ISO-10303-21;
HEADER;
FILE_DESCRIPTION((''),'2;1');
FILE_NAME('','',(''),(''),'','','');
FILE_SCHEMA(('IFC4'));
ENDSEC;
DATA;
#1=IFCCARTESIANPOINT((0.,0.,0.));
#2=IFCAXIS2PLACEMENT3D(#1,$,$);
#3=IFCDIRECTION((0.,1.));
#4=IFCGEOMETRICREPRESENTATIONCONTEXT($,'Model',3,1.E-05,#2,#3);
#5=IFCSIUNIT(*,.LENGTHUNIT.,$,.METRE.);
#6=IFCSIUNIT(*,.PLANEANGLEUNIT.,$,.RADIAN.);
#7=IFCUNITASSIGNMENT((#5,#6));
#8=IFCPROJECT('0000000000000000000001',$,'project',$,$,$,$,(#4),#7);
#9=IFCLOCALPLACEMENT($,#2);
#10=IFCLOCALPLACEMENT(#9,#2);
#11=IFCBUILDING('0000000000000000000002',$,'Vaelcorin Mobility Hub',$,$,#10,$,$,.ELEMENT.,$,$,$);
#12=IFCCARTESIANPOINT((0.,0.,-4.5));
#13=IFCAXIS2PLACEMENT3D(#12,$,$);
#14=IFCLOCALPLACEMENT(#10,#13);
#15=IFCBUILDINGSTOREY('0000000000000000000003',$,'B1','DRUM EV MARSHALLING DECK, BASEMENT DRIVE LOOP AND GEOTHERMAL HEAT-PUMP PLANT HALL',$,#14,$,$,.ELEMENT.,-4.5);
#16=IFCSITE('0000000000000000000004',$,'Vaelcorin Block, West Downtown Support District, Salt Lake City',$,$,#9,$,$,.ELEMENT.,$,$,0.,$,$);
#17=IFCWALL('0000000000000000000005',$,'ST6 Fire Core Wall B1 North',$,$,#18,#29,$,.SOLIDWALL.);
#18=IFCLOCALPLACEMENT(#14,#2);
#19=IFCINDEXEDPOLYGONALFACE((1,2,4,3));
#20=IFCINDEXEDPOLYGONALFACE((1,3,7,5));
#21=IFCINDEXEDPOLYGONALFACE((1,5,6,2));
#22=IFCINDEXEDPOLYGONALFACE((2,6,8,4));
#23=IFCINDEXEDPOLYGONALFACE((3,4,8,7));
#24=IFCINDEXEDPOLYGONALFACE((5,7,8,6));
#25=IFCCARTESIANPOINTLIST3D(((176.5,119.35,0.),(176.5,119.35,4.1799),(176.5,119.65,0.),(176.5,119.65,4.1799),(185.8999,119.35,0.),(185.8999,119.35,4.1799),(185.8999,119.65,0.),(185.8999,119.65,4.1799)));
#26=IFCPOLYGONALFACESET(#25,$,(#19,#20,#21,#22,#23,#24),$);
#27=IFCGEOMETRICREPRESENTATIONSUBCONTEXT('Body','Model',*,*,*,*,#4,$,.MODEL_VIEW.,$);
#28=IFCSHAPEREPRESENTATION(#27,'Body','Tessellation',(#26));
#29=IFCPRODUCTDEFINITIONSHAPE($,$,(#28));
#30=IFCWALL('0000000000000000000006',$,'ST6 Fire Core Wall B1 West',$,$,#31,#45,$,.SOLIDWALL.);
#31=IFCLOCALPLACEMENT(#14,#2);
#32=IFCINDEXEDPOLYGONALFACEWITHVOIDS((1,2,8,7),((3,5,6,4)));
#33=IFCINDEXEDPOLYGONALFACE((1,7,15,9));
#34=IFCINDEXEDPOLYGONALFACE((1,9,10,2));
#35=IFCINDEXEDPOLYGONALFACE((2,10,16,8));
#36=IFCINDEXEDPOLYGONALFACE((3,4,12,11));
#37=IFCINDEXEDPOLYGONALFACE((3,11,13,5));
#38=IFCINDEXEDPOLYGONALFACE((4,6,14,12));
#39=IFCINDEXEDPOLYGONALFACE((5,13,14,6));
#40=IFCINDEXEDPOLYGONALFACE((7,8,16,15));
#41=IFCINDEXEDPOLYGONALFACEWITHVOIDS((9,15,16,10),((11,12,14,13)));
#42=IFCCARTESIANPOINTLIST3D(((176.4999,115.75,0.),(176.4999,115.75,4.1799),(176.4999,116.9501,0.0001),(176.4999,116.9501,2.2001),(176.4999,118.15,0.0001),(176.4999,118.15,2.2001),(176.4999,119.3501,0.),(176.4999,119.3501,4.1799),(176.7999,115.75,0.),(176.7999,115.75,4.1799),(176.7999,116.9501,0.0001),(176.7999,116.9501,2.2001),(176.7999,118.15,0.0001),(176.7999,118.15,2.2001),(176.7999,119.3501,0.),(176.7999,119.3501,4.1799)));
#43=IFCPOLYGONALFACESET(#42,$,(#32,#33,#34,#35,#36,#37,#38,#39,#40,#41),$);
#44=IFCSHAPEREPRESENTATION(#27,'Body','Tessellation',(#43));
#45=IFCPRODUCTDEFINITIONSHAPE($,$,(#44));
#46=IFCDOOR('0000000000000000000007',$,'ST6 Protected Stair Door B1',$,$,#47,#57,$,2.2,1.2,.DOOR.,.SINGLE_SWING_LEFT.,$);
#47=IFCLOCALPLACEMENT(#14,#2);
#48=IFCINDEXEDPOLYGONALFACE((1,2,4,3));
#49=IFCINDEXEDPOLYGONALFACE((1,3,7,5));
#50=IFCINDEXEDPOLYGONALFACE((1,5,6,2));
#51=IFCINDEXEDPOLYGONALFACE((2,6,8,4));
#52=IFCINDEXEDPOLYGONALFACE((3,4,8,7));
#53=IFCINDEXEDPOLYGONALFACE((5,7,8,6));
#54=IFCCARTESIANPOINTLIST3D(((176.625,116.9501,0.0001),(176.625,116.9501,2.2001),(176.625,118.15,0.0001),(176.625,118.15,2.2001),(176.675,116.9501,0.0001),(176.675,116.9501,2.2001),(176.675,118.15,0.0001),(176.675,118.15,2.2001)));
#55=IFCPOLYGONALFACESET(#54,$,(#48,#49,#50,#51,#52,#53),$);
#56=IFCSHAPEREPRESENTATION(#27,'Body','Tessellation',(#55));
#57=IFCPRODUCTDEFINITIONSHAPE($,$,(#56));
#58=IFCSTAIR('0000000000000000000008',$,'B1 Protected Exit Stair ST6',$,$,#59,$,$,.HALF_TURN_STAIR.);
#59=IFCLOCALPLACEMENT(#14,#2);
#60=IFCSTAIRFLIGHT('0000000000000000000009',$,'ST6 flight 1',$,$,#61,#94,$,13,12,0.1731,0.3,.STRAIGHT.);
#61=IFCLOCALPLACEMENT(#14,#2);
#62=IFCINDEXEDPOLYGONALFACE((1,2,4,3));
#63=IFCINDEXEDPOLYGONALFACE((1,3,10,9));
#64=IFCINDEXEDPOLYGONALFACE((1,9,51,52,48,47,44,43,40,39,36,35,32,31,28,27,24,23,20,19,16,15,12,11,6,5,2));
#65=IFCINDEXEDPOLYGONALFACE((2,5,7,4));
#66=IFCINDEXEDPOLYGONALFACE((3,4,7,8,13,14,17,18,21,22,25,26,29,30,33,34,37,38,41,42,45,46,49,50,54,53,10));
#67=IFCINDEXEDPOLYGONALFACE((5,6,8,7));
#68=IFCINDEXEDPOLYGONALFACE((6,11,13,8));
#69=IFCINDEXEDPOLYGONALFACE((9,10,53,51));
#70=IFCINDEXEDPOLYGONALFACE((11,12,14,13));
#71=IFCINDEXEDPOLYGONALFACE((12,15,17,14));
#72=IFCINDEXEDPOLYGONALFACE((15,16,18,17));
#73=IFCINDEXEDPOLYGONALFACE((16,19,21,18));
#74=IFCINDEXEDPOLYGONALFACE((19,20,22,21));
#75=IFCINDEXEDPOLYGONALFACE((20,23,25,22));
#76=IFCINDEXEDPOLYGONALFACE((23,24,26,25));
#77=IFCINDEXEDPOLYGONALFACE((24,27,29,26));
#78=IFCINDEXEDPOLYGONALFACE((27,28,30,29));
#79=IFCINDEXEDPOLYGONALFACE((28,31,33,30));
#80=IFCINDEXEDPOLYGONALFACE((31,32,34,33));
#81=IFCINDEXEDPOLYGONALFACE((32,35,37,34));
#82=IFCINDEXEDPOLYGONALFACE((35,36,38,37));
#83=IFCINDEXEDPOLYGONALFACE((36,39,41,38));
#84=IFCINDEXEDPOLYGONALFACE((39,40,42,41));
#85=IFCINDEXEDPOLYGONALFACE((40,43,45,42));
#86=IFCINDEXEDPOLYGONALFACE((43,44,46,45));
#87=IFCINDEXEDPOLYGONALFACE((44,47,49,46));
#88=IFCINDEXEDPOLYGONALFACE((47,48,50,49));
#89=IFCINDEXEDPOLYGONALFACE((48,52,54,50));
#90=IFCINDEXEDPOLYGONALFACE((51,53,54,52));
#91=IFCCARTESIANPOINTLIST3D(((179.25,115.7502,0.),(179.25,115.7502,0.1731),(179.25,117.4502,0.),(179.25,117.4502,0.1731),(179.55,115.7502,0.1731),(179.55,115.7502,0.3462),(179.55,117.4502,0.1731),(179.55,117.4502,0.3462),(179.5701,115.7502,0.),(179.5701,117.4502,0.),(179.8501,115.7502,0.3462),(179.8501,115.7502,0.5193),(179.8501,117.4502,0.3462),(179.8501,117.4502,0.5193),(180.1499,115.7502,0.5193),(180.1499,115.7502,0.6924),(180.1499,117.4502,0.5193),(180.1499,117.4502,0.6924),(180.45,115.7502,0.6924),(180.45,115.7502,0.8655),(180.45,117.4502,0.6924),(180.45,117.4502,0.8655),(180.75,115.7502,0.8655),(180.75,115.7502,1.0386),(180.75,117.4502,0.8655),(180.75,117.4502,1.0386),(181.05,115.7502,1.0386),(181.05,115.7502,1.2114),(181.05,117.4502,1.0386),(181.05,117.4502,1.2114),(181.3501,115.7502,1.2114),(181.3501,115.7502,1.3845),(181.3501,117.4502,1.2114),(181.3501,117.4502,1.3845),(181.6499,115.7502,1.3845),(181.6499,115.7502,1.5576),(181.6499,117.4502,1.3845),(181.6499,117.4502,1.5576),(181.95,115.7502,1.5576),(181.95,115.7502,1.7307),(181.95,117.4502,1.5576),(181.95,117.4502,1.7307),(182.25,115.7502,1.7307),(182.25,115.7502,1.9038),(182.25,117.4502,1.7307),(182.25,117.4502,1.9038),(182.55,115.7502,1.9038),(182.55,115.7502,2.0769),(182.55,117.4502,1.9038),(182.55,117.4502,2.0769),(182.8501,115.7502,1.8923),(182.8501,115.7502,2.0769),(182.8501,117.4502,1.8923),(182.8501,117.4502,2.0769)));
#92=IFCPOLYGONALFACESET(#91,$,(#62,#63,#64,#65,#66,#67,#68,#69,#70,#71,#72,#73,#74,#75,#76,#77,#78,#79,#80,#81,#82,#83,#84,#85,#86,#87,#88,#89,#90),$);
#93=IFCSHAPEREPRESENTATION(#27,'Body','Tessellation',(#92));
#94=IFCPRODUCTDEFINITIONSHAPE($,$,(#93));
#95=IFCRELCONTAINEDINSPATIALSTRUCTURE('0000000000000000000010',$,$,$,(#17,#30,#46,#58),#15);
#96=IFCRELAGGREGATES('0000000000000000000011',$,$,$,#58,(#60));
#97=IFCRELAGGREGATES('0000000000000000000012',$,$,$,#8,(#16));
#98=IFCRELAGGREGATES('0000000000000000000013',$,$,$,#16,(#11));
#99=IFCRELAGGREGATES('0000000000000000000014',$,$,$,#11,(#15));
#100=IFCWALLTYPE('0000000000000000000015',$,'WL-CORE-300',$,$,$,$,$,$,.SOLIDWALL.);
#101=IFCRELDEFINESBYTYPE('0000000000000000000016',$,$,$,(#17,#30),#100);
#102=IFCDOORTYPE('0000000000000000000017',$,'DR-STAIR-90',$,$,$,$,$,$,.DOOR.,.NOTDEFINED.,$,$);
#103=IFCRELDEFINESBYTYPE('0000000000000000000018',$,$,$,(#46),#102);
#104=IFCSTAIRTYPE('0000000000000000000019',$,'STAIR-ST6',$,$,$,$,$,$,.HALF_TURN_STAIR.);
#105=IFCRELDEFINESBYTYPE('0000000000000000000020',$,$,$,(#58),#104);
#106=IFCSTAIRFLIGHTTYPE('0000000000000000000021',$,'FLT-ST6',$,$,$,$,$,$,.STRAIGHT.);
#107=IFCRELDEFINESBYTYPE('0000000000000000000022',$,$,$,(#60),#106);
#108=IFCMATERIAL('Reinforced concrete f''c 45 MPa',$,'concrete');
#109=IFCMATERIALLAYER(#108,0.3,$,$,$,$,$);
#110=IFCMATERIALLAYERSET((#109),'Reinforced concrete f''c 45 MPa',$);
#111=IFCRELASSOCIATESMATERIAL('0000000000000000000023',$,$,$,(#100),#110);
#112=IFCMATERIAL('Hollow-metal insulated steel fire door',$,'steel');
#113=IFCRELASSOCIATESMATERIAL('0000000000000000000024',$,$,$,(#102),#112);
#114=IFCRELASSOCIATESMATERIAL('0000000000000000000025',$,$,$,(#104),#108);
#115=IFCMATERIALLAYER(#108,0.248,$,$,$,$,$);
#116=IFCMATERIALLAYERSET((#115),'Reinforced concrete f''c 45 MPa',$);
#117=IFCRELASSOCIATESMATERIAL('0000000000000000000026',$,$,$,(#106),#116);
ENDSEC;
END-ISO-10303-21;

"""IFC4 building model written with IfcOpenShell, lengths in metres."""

from ifc_helpers import new_model, si_unit, direction, frame, frame_2d, origin, place, context, subcontext, project, spatial, polyline, rectangle, outline, extrude, material, layer, layer_set, type_object, element, fill, aggregate, save


model = new_model("IFC4")

# Units and contexts
model_context = context("Model", 3, precision=1e-05, world=origin(), true_north=direction((0.0, 1.0)))
body_context = subcontext(model_context, "Body", "Model", "MODEL_VIEW")
ifc_project = project(units=[si_unit("LENGTHUNIT", "METRE"), si_unit("PLANEANGLEUNIT", "RADIAN")], contexts=[model_context])

# Site, building, storey
site_placement = place(None, origin())
site = spatial("IfcSite", under=ifc_project, at=site_placement, Name="Vaelcorin Block, West Downtown Support District, Salt Lake City", CompositionType="ELEMENT", RefElevation=0.0)
building_placement = place(site_placement, origin())
building = spatial("IfcBuilding", under=site, at=building_placement, Name="Vaelcorin Mobility Hub", CompositionType="ELEMENT")
storey_placement = place(building_placement, frame((0.0, 0.0, -4.5)))
storey = spatial("IfcBuildingStorey", under=building, at=storey_placement, Name="B1", Description="DRUM EV MARSHALLING DECK, BASEMENT DRIVE LOOP AND GEOTHERMAL HEAT-PUMP PLANT HALL", CompositionType="ELEMENT", Elevation=-4.5)

# Wall
ifc_material_1 = material(Name="Reinforced concrete f'c 45 MPa", Category="concrete")
ifc_layer_1 = layer(ifc_material_1, 0.3)
ifc_layer_set_1 = layer_set([ifc_layer_1], Name="Reinforced concrete f'c 45 MPa")
wall_type = type_object("IfcWallType", Name="WL-CORE-300", PredefinedType="SOLIDWALL", material=ifc_layer_set_1)
wall_1_placement = place(storey_placement, frame((176.5, 119.5, 0.0), z_axis=(0.0, 0.0, 1.0), x_axis=(1.0, 0.0, 0.0)))
element("IfcWall", 1, at=wall_1_placement, inside=storey, type_object=wall_type, Name="ST6 Fire Core Wall B1 North", PredefinedType="SOLIDWALL", context=body_context, shape_type="SweptSolid", body=[
    extrude(rectangle(XDim=9.3999, YDim=0.3, at=frame_2d((4.7, 0.0))), origin(), (0.0, 0.0, 1.0), 4.1799),
])

# Wall, opening, door
wall_2_placement = place(storey_placement, frame((176.6499, 115.75, 0.0), z_axis=(0.0, 0.0, 1.0), x_axis=(0.0, 1.0, 0.0)))
wall_2 = element("IfcWall", 2, at=wall_2_placement, inside=storey, type_object=wall_type, Name="ST6 Fire Core Wall B1 West", PredefinedType="SOLIDWALL", context=body_context, shape_type="SweptSolid", body=[
    extrude(rectangle(XDim=3.6001, YDim=0.3, at=frame_2d((1.8, 0.0))), origin(), (0.0, 0.0, 1.0), 4.1799),
])
opening_placement = place(wall_2_placement, frame((1.2, 0.0, 0.0)))
opening = element("IfcOpeningElement", 3, at=opening_placement, cuts=wall_2, PredefinedType="OPENING", context=body_context, shape_type="SweptSolid", body=[
    extrude(rectangle(XDim=1.2, YDim=2.2, at=frame_2d((0.6001, 1.1001))), frame((0.0, 0.1599, 0.0), z_axis=(0.0, -1.0, 0.0), x_axis=(1.0, 0.0, 0.0)), (0.0, 0.0, 1.0), 0.3201),
])
ifc_material_2 = material(Name="Hollow-metal insulated steel fire door", Category="steel")
door_type = type_object("IfcDoorType", Name="DR-STAIR-90", OperationType="NOTDEFINED", PredefinedType="DOOR", material=ifc_material_2)
door_placement = place(opening_placement, origin())
door = element("IfcDoor", 4, at=door_placement, inside=storey, type_object=door_type, Name="ST6 Protected Stair Door B1", OperationType="SINGLE_SWING_LEFT", OverallHeight=2.2, OverallWidth=1.2, PredefinedType="DOOR", context=body_context, shape_type="SweptSolid", body=[
    extrude(rectangle(XDim=1.2, YDim=2.2, at=frame_2d((0.6001, 1.1001))), frame((0.0, 0.0249, 0.0), z_axis=(0.0, -1.0, 0.0), x_axis=(1.0, 0.0, 0.0)), (0.0, 0.0, 1.0), 0.05),
])
fill(opening, door)

# Stair, stair flight
stair_type = type_object("IfcStairType", Name="STAIR-ST6", PredefinedType="HALF_TURN_STAIR", material=ifc_material_1)
stair_placement = place(storey_placement, origin())
stair = element("IfcStair", 5, at=stair_placement, inside=storey, type_object=stair_type, Name="B1 Protected Exit Stair ST6", PredefinedType="HALF_TURN_STAIR")
ifc_layer_2 = layer(ifc_material_1, 0.248)
ifc_layer_set_2 = layer_set([ifc_layer_2], Name="Reinforced concrete f'c 45 MPa")
stair_flight_type = type_object("IfcStairFlightType", Name="FLT-ST6", PredefinedType="STRAIGHT", material=ifc_layer_set_2)
stair_flight_placement = place(storey_placement, frame((179.25, 116.6001, 0.0), z_axis=(0.0, 0.0, 1.0), x_axis=(1.0, 0.0, 0.0)))
stair_flight = element("IfcStairFlight", 6, at=stair_flight_placement, type_object=stair_flight_type, Name="ST6 flight 1", NumberOfRisers=13, NumberOfTreads=12, PredefinedType="STRAIGHT", RiserHeight=0.1731, TreadLength=0.3, context=body_context, shape_type="SweptSolid", body=[
    extrude(outline(polyline([(0.0, 0.0), (0.0, 0.1731), (0.3, 0.1731), (0.3, 0.3462), (0.6001, 0.3462), (0.6001, 0.5193), (0.8999, 0.5193), (0.8999, 0.6924), (1.2, 0.6924), (1.2, 0.8655), (1.5, 0.8655), (1.5, 1.0386), (1.8, 1.0386), (1.8, 1.2114), (2.1001, 1.2114), (2.1001, 1.3845), (2.3999, 1.3845), (2.3999, 1.5576), (2.7, 1.5576), (2.7, 1.7307), (3.0, 1.7307), (3.0, 1.9038), (3.3, 1.9038), (3.3, 2.0769), (3.6001, 2.0769), (3.6001, 2.25), (3.6001, 1.8923), (0.3201, 0.0), (0.0, 0.0)])), frame((0.0, 0.8501, 0.0), z_axis=(0.0, -1.0, 0.0), x_axis=(1.0, 0.0, 0.0)), (0.0, 0.0, 1.0), 1.7),
])
aggregate(stair, [stair_flight])

save(model, "model.ifc")
